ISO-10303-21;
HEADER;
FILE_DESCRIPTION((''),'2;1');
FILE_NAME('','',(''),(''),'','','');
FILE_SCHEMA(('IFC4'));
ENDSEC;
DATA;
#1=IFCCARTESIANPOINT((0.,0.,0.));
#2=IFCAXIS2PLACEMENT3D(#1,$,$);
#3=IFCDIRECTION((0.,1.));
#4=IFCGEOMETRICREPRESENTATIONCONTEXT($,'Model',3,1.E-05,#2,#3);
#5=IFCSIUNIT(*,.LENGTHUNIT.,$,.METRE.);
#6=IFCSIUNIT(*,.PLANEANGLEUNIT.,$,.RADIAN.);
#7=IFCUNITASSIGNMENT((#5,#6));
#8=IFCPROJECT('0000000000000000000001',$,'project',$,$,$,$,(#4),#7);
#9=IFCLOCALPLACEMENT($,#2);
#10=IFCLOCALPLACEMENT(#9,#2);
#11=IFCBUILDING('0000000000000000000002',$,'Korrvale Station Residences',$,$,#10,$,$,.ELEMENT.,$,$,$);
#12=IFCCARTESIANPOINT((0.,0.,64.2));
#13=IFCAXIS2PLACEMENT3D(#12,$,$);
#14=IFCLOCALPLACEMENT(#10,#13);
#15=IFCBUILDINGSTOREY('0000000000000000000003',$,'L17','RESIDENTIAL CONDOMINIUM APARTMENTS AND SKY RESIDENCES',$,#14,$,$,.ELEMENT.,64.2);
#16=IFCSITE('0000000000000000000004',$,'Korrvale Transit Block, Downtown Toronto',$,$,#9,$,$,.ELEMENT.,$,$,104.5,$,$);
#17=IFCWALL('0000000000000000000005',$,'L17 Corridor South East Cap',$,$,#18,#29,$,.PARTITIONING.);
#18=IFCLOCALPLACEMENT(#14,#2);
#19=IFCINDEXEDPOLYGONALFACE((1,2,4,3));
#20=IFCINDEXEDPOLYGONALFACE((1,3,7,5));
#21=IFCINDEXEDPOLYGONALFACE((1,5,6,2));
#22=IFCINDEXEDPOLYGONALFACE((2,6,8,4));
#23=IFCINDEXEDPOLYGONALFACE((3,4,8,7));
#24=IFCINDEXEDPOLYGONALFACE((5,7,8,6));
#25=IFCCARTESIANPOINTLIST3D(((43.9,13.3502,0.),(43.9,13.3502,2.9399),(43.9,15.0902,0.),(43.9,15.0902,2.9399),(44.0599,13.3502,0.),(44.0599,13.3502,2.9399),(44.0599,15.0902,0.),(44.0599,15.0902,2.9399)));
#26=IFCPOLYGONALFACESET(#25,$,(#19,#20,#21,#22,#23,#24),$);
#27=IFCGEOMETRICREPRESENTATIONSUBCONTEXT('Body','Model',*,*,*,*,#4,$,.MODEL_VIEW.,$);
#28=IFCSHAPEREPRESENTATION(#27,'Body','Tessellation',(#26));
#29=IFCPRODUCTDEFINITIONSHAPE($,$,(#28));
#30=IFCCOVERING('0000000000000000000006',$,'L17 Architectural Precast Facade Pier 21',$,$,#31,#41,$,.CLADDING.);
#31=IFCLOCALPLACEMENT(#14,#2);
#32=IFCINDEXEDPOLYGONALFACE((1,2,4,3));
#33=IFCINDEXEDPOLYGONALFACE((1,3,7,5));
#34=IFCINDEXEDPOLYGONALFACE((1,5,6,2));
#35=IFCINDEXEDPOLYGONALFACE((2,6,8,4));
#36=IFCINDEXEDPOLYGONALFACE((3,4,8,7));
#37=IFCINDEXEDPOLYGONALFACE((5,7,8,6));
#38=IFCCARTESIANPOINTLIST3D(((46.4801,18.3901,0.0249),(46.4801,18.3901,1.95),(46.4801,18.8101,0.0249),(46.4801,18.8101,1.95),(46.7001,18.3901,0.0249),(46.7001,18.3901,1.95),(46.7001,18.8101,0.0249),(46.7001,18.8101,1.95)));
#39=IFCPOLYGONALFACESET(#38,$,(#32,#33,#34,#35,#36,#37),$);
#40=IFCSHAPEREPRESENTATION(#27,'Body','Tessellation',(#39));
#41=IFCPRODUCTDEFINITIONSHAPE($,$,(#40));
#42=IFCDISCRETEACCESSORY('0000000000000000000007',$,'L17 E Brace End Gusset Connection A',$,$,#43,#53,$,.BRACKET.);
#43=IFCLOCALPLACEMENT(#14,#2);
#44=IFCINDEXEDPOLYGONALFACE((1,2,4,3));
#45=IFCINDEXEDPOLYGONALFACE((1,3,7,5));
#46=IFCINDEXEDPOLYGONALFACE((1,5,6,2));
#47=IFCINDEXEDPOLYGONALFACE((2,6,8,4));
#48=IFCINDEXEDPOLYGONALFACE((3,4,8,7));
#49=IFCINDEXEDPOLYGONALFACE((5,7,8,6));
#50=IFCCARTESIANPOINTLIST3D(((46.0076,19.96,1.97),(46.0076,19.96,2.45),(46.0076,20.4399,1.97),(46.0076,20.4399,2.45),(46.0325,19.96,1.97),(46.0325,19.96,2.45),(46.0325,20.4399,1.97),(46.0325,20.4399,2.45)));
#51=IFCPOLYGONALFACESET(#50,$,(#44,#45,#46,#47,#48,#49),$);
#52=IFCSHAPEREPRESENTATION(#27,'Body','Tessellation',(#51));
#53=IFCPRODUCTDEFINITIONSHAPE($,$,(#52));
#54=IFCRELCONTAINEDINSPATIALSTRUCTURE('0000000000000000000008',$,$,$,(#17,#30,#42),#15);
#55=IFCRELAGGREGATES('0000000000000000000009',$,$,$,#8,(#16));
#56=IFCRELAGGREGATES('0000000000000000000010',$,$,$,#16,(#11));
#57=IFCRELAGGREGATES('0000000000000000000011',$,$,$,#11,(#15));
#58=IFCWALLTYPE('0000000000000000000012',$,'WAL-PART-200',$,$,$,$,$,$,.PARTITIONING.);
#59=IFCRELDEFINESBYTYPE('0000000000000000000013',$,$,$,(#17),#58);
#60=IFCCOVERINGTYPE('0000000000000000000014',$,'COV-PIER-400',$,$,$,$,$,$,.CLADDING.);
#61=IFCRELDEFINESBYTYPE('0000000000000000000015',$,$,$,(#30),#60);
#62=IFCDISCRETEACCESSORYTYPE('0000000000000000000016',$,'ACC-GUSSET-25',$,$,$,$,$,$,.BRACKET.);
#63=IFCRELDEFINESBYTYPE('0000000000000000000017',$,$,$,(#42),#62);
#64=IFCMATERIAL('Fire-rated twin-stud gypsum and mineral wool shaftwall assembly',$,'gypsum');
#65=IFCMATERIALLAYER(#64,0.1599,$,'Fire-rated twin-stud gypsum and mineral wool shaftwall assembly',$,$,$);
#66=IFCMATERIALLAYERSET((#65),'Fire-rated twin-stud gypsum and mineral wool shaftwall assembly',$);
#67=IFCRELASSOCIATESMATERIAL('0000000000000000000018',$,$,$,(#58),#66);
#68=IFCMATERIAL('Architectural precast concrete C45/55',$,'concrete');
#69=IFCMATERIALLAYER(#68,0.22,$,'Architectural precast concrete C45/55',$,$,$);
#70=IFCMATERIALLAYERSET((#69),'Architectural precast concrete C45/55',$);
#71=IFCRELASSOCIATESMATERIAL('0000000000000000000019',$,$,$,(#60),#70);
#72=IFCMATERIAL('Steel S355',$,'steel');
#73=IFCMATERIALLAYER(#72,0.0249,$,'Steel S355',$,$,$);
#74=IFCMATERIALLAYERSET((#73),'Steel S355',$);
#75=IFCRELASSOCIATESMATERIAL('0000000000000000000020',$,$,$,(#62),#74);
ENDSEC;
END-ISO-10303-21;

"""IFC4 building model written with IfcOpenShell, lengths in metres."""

from ifc_helpers import new_model, si_unit, direction, frame, frame_2d, origin, origin_2d, place, context, subcontext, project, spatial, rectangle, extrude, material, layer, layer_set, type_object, element, save


model = new_model("IFC4")

# Units and contexts
model_context = context("Model", 3, precision=1e-05, world=origin(), true_north=direction((0.0, 1.0)))
body_context = subcontext(model_context, "Body", "Model", "MODEL_VIEW")
ifc_project = project(units=[si_unit("LENGTHUNIT", "METRE"), si_unit("PLANEANGLEUNIT", "RADIAN")], contexts=[model_context])

# Site, building, storey
site_placement = place(None, origin())
site = spatial("IfcSite", under=ifc_project, at=site_placement, Name="Korrvale Transit Block, Downtown Toronto", CompositionType="ELEMENT", RefElevation=104.5)
building_placement = place(site_placement, origin())
building = spatial("IfcBuilding", under=site, at=building_placement, Name="Korrvale Station Residences", CompositionType="ELEMENT")
storey_placement = place(building_placement, frame((0.0, 0.0, 64.2)))
storey = spatial("IfcBuildingStorey", under=building, at=storey_placement, Name="L17", Description="RESIDENTIAL CONDOMINIUM APARTMENTS AND SKY RESIDENCES", CompositionType="ELEMENT", Elevation=64.2)

# Wall
ifc_material_1 = material(Name="Fire-rated twin-stud gypsum and mineral wool shaftwall assembly", Category="gypsum")
ifc_layer_1 = layer(ifc_material_1, 0.1599, Name="Fire-rated twin-stud gypsum and mineral wool shaftwall assembly")
ifc_layer_set_1 = layer_set([ifc_layer_1], Name="Fire-rated twin-stud gypsum and mineral wool shaftwall assembly")
wall_type_1 = type_object("IfcWallType", Name="WAL-PART-200", PredefinedType="PARTITIONING", material=ifc_layer_set_1)
wall_1_placement = place(storey_placement, frame((43.98, 13.3501, 0.0), z_axis=(0.0, 0.0, 1.0), x_axis=(0.0, 1.0, 0.0)))
element("IfcWall", 1, at=wall_1_placement, inside=storey, type_object=wall_type_1, Name="L17 Corridor South East Cap", PredefinedType="PARTITIONING", context=body_context, shape_type="SweptSolid", body=[
    extrude(rectangle(XDim=1.74, YDim=0.1599, at=frame_2d((0.8701, 0.0))), origin(), (0.0, 0.0, 1.0), 2.9399),
])

# Covering
ifc_material_2 = material(Name="Architectural precast concrete C45/55", Category="concrete")
ifc_layer_2 = layer(ifc_material_2, 0.22, Name="Architectural precast concrete C45/55")
ifc_layer_set_2 = layer_set([ifc_layer_2], Name="Architectural precast concrete C45/55")
covering_type = type_object("IfcCoveringType", Name="COV-PIER-400", PredefinedType="CLADDING", material=ifc_layer_set_2)
covering_placement = place(storey_placement, frame((46.5901, 18.6001, 0.0249), z_axis=(0.0, 0.0, 1.0), x_axis=(0.0, 1.0, 0.0)))
element("IfcCovering", 2, at=covering_placement, inside=storey, type_object=covering_type, Name="L17 Architectural Precast Facade Pier 21", PredefinedType="CLADDING", context=body_context, shape_type="SweptSolid", body=[
    extrude(rectangle(XDim=0.4199, YDim=0.22, at=origin_2d()), origin(), (0.0, 0.0, 1.0), 1.925),
])

# Discrete accessory
ifc_material_3 = material(Name="Steel S355", Category="steel")
ifc_layer_3 = layer(ifc_material_3, 0.0249, Name="Steel S355")
ifc_layer_set_3 = layer_set([ifc_layer_3], Name="Steel S355")
discrete_accessory_type = type_object("IfcDiscreteAccessoryType", Name="ACC-GUSSET-25", PredefinedType="BRACKET", material=ifc_layer_set_3)
discrete_accessory_placement = place(storey_placement, frame((46.02, 20.2, 1.97), z_axis=(0.0, 0.0, 1.0), x_axis=(0.0, 1.0, 0.0)))
element("IfcDiscreteAccessory", 3, at=discrete_accessory_placement, inside=storey, type_object=discrete_accessory_type, Name="L17 E Brace End Gusset Connection A", PredefinedType="BRACKET", context=body_context, shape_type="SweptSolid", body=[
    extrude(rectangle(XDim=0.48, YDim=0.0249, at=origin_2d()), origin(), (0.0, 0.0, 1.0), 0.48),
])

save(model, "model.ifc")
